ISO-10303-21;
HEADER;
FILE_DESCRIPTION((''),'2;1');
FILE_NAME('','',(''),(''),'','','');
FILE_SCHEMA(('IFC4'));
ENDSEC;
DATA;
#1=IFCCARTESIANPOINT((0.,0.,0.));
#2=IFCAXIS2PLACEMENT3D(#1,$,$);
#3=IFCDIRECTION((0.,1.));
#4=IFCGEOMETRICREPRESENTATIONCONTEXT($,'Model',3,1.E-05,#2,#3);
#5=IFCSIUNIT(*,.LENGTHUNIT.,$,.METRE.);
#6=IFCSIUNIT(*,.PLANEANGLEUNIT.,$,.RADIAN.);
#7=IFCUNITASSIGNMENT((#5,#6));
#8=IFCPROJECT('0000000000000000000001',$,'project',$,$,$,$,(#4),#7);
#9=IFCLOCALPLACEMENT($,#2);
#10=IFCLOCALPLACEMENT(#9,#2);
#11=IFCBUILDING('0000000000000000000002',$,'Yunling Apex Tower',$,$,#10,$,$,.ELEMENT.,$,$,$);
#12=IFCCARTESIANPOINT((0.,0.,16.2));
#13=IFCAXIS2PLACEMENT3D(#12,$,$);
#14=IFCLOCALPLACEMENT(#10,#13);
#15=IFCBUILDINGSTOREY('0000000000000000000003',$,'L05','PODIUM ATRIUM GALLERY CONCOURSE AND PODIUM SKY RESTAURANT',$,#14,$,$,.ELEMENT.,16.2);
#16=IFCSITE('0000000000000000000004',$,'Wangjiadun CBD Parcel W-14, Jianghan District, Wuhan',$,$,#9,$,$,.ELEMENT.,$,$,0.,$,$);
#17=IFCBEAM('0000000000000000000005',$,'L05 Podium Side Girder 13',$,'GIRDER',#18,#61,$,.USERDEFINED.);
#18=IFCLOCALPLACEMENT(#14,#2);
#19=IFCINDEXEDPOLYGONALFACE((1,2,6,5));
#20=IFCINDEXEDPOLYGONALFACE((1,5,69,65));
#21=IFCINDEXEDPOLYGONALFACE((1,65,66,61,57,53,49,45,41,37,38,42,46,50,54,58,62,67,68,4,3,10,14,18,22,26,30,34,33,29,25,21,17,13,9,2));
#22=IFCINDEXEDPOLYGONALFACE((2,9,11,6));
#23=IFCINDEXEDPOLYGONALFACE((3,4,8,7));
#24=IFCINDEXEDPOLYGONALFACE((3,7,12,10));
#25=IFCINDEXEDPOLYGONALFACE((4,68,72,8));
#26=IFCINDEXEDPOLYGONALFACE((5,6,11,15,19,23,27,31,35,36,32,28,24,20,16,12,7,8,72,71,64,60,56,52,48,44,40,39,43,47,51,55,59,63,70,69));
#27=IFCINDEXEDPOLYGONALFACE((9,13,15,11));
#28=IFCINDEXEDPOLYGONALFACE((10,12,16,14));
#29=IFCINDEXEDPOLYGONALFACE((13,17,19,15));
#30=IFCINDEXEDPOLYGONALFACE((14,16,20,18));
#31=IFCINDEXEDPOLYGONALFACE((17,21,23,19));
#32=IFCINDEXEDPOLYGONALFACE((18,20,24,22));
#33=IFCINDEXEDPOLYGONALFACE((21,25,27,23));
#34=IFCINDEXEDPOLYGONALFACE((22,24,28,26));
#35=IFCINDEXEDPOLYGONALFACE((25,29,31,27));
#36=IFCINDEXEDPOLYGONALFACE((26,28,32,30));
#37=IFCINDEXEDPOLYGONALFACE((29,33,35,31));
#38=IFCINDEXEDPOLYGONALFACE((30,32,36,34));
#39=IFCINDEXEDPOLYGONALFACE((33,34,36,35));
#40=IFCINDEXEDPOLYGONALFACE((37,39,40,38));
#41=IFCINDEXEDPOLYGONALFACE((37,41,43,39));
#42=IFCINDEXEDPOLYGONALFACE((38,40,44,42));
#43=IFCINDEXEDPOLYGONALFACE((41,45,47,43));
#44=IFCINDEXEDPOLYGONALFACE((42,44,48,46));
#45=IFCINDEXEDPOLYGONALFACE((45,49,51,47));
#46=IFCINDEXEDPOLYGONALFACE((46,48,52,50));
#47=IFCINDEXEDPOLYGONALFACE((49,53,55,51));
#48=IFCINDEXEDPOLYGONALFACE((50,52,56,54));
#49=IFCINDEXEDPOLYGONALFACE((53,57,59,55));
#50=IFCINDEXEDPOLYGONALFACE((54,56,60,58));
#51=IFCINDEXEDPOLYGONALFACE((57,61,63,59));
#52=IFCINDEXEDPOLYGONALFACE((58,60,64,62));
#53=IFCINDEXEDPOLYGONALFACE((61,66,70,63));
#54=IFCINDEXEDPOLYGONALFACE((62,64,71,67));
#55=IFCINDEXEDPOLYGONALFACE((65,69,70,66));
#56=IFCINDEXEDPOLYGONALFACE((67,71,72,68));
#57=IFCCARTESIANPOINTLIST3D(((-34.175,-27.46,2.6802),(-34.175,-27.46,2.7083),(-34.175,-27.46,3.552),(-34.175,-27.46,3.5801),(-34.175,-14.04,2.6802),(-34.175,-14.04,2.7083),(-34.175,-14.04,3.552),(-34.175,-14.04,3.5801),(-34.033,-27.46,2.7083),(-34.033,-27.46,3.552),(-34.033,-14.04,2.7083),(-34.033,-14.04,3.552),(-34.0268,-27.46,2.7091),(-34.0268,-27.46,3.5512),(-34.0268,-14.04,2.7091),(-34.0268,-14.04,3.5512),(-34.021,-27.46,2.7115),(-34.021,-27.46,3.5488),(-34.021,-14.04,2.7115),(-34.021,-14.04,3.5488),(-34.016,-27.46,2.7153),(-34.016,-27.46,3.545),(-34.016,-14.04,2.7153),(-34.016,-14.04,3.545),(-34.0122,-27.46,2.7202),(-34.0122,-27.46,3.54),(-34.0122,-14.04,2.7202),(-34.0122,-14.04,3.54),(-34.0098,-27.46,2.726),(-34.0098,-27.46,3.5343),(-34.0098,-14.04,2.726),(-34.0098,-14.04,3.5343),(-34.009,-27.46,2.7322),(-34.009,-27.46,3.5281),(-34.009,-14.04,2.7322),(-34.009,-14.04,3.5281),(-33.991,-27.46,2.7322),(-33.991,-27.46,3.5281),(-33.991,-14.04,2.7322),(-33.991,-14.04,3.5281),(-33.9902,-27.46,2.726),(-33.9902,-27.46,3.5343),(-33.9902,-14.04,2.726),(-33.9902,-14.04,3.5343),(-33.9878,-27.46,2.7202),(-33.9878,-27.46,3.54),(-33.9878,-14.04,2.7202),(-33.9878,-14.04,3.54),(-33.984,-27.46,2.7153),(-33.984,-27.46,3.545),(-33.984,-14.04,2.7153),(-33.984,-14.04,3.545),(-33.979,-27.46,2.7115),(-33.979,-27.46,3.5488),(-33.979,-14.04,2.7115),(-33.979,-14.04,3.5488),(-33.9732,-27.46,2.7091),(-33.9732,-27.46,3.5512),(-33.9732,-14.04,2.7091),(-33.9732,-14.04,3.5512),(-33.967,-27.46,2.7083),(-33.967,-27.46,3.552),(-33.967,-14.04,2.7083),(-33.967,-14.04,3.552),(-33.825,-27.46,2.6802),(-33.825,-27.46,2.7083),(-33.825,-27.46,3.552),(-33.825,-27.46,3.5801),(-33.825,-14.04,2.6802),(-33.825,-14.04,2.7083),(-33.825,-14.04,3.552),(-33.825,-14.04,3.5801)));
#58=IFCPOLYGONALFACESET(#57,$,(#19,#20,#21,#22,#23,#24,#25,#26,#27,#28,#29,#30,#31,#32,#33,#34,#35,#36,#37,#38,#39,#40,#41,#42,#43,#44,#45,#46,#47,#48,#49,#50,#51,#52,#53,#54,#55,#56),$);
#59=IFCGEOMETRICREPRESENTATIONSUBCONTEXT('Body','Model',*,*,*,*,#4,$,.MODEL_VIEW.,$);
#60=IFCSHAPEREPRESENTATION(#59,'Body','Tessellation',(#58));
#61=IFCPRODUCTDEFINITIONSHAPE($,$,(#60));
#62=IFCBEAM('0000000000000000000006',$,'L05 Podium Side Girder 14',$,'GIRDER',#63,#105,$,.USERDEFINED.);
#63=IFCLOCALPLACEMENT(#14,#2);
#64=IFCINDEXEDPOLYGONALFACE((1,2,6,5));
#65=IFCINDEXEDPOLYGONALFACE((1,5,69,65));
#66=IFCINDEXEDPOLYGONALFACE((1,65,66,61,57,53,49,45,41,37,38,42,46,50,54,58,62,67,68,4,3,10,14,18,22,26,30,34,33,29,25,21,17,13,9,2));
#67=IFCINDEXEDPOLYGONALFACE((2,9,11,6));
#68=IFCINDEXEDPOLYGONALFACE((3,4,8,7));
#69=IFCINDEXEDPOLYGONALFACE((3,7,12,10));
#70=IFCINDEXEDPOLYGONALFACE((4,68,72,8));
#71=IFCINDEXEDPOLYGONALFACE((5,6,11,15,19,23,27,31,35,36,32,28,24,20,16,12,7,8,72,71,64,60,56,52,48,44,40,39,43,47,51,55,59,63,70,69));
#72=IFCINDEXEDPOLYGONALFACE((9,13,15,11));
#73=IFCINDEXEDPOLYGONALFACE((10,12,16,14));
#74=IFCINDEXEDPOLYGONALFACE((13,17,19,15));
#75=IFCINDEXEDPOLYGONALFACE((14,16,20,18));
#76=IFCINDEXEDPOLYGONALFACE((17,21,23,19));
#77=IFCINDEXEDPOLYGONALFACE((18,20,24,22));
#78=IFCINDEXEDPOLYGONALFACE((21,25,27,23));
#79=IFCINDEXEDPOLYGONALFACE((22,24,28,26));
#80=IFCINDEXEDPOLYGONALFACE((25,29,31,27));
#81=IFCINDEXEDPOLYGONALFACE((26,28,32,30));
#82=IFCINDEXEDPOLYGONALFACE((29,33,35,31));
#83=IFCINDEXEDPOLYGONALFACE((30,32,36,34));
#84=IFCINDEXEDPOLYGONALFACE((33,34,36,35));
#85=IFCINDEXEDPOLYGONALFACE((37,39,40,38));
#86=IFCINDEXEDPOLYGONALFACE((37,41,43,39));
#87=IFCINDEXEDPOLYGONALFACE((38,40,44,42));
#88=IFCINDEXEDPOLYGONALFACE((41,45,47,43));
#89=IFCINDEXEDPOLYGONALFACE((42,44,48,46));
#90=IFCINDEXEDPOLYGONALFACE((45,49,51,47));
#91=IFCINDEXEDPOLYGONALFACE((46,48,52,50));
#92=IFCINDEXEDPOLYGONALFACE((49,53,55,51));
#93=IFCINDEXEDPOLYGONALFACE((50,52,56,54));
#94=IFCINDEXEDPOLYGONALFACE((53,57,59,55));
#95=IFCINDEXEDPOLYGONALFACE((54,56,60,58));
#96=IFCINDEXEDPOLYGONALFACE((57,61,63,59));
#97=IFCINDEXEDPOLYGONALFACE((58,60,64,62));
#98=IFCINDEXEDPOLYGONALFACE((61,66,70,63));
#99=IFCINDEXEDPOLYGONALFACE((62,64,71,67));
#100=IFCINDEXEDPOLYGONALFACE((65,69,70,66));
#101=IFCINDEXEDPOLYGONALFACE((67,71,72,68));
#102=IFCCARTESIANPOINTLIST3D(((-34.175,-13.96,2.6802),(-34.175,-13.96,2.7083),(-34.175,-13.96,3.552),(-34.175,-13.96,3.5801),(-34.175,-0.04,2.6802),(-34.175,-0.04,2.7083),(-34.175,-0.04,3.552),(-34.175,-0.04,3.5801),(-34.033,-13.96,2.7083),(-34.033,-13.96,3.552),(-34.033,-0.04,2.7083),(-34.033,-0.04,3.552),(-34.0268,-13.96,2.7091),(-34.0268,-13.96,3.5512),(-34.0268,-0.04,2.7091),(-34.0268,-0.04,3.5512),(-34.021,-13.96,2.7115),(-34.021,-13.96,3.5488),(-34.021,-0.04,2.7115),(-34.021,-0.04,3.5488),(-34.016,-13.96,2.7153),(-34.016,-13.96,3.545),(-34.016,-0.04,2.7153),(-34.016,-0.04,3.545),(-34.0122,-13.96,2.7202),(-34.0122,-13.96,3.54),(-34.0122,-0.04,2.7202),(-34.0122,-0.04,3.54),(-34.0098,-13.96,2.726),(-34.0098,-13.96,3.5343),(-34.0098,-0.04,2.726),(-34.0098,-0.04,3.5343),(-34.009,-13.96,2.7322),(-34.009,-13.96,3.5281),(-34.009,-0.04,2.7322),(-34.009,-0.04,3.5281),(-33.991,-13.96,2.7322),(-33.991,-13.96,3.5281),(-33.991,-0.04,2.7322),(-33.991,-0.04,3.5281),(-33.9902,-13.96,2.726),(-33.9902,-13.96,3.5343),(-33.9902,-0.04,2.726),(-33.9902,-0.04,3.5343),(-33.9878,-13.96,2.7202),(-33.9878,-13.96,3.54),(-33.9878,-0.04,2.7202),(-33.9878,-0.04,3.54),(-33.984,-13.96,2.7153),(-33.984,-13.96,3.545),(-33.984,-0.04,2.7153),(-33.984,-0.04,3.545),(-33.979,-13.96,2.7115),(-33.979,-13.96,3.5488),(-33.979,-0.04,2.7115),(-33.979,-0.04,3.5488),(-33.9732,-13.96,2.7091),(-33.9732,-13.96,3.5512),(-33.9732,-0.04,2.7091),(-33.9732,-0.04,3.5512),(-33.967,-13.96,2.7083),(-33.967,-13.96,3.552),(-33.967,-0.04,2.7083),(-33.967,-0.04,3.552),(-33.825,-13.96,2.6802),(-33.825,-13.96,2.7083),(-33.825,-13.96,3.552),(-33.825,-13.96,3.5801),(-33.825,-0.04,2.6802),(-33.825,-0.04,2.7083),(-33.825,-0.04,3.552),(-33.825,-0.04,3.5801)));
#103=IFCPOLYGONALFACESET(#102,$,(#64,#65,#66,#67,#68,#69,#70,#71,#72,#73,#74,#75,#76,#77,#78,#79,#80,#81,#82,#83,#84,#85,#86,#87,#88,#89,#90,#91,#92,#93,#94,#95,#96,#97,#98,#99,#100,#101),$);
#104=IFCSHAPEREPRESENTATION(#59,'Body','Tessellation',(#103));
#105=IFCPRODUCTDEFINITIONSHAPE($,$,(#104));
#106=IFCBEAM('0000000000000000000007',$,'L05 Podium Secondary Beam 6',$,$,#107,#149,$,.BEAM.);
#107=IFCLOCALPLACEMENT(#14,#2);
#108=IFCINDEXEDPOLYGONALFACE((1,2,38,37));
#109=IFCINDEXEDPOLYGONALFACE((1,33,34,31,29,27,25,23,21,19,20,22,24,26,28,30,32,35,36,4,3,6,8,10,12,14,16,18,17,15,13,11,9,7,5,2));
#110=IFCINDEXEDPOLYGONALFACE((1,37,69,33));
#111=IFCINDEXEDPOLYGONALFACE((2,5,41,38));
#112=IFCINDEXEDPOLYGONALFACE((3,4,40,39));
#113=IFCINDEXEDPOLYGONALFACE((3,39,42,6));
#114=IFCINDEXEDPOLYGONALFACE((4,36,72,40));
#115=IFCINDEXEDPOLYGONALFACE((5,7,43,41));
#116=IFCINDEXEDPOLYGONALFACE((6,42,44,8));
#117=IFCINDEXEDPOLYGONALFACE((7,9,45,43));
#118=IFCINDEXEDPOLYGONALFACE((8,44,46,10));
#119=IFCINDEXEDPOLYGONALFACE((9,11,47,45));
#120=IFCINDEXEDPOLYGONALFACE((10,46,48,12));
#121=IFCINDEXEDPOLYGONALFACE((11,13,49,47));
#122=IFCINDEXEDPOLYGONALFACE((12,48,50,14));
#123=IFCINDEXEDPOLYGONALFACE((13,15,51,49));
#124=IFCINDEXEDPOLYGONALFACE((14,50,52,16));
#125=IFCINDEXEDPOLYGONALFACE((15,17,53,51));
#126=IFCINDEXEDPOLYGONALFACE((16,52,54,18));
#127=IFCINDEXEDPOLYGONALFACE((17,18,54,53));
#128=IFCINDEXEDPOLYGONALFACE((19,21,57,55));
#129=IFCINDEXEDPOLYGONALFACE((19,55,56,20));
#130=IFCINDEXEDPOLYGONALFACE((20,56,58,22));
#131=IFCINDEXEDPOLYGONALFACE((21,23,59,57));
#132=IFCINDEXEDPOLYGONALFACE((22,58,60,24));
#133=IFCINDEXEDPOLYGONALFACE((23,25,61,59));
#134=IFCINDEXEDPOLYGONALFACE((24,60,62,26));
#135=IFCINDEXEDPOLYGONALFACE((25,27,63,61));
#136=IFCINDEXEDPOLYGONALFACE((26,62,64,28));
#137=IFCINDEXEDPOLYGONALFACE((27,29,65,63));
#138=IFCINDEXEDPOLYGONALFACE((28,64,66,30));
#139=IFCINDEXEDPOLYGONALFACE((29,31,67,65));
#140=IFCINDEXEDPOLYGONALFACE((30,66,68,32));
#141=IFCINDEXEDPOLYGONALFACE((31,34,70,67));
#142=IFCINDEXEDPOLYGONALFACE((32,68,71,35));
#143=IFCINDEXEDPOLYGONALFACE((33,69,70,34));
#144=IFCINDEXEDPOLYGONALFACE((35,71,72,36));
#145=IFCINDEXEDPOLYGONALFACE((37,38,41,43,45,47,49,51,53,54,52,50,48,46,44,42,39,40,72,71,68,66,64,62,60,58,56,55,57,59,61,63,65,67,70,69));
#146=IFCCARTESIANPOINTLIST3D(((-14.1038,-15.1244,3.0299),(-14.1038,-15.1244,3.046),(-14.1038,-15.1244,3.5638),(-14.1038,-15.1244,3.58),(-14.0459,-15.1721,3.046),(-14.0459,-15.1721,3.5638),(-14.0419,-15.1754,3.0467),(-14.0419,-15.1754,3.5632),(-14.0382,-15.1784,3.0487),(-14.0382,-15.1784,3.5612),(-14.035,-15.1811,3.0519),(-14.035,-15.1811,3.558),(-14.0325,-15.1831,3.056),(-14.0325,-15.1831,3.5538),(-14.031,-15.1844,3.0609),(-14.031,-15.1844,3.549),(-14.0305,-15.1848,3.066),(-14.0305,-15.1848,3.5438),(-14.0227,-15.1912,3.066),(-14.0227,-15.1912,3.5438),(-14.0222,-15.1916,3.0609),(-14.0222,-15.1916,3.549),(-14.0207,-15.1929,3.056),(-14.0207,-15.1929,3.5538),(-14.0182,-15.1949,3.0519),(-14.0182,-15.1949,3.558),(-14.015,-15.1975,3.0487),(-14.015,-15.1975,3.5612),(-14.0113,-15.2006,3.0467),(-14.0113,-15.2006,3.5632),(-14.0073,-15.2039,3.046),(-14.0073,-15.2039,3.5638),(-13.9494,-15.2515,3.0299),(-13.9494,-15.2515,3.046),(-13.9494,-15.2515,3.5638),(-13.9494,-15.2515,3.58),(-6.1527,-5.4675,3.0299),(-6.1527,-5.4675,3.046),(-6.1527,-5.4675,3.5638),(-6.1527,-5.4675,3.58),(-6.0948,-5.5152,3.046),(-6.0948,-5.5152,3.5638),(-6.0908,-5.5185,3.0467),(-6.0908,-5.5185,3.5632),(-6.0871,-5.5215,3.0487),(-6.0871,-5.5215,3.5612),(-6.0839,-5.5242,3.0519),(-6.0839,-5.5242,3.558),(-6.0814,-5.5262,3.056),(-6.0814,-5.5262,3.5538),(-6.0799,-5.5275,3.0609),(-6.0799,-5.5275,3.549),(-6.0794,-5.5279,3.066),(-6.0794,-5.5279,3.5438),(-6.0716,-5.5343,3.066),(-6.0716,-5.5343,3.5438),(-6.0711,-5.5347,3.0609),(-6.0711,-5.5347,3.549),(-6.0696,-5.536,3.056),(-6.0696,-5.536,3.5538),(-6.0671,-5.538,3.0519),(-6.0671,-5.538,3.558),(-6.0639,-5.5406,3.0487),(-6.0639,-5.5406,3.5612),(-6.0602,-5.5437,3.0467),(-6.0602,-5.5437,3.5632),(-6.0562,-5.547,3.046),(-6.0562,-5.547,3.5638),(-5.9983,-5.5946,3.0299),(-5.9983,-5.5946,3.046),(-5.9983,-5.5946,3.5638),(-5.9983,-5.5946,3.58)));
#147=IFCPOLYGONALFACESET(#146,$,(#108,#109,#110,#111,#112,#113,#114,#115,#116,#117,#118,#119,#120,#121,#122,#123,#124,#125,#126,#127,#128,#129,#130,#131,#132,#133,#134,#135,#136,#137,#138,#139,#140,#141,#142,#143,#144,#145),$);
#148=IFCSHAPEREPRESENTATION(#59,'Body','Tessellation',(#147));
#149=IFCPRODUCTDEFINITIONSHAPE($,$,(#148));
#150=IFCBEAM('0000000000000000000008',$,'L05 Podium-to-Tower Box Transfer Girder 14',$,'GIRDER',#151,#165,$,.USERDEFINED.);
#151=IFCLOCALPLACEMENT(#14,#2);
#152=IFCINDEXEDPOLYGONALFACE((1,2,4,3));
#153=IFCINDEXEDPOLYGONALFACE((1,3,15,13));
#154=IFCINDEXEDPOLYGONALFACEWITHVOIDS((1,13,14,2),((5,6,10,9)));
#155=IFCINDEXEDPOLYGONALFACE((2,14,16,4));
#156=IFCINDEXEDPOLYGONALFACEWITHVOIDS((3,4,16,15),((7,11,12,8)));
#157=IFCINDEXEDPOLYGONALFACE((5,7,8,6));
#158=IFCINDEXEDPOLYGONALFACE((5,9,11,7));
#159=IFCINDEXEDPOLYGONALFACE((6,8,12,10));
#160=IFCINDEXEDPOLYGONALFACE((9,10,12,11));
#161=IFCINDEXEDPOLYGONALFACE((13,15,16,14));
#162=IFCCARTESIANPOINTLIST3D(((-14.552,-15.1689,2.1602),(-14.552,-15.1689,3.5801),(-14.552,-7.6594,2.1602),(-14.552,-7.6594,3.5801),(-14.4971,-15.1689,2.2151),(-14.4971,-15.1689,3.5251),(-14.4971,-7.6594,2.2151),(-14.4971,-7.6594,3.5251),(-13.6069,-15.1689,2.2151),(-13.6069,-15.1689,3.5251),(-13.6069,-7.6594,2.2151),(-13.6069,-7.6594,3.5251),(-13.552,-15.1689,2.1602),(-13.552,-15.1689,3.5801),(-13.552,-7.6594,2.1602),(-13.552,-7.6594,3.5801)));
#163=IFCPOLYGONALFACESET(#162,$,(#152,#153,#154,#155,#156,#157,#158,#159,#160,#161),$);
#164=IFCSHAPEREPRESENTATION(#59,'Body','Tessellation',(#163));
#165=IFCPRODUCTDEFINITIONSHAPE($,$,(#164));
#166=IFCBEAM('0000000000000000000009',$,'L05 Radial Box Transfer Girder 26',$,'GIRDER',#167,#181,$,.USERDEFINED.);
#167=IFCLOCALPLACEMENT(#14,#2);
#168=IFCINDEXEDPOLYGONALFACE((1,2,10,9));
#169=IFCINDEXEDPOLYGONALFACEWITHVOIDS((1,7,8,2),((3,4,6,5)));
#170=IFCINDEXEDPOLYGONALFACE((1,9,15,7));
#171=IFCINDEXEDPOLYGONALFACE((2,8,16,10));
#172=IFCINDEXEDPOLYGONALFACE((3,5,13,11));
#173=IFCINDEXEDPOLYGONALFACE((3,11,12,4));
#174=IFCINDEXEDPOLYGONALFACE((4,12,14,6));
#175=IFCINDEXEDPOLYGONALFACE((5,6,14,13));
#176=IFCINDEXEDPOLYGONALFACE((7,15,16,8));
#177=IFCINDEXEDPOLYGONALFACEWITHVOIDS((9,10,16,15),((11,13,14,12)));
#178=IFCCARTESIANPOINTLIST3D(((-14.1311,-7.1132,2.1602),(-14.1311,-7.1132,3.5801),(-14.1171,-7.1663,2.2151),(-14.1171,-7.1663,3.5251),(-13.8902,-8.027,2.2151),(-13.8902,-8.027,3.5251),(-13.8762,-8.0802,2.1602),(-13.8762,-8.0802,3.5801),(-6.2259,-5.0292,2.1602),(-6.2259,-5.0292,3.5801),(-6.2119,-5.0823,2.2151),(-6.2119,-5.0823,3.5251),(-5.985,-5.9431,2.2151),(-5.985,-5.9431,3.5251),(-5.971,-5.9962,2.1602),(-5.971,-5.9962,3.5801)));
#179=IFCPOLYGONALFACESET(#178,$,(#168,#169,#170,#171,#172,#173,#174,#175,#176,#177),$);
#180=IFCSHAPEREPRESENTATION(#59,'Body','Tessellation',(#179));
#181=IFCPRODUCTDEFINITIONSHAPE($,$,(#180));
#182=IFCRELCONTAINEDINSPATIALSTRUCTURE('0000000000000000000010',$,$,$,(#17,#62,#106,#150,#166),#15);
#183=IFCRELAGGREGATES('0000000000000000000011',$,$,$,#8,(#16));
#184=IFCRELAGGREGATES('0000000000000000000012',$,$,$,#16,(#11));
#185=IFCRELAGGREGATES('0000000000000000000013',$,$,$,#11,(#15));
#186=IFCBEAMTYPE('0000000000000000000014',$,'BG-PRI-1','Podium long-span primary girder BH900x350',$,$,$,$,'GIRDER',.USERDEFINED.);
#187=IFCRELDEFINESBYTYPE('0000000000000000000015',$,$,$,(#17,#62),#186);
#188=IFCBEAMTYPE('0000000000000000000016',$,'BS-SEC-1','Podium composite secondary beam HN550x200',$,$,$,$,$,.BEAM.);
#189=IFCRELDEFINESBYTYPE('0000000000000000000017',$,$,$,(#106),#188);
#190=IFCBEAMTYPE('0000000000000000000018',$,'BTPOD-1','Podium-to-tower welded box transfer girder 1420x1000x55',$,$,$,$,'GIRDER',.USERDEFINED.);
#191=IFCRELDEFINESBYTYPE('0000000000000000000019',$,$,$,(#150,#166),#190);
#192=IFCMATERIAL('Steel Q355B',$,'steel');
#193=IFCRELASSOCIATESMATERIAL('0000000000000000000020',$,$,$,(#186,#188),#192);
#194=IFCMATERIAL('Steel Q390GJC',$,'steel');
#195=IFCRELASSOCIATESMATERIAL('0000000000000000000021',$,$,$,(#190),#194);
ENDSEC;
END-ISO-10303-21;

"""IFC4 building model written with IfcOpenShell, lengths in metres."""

from ifc_helpers import new_model, si_unit, direction, frame, origin, origin_2d, place, context, subcontext, project, spatial, hollow_rectangle, i_section, extrude, source, transform, mapped, material, material_profile, profile_set, type_object, element, save


model = new_model("IFC4")

# Units and contexts
model_context = context("Model", 3, precision=1e-05, world=origin(), true_north=direction((0.0, 1.0)))
body_context = subcontext(model_context, "Body", "Model", "MODEL_VIEW")
ifc_project = project(units=[si_unit("LENGTHUNIT", "METRE"), si_unit("PLANEANGLEUNIT", "RADIAN")], contexts=[model_context])

# Site, building, storey
site_placement = place(None, origin())
site = spatial("IfcSite", under=ifc_project, at=site_placement, Name="Wangjiadun CBD Parcel W-14, Jianghan District, Wuhan", CompositionType="ELEMENT", RefElevation=0.0)
building_placement = place(site_placement, origin())
building = spatial("IfcBuilding", under=site, at=building_placement, Name="Yunling Apex Tower", CompositionType="ELEMENT")
storey_placement = place(building_placement, frame((0.0, 0.0, 16.2)))
storey = spatial("IfcBuildingStorey", under=building, at=storey_placement, Name="L05", Description="PODIUM ATRIUM GALLERY CONCOURSE AND PODIUM SKY RESTAURANT", CompositionType="ELEMENT", Elevation=16.2)

# Beams
ifc_material_1 = material(Name="Steel Q355B", Category="steel")
ifc_material_profile_1 = material_profile(ifc_material_1, i_section(OverallWidth=0.3501, OverallDepth=0.8999, WebThickness=0.0181, FlangeThickness=0.0281, FilletRadius=0.0239, at=origin_2d()))
ifc_profile_set_1 = profile_set([ifc_material_profile_1], Name="Steel Q355B")
beam_type_1 = type_object("IfcBeamType", Name="BG-PRI-1", Description="Podium long-span primary girder BH900x350", ElementType="GIRDER", PredefinedType="USERDEFINED", material=ifc_profile_set_1)
shared_shape_1 = source(origin(), body_context, "Body", "SweptSolid", [
    extrude(i_section(OverallWidth=0.3501, OverallDepth=0.8999, WebThickness=0.0181, FlangeThickness=0.0281, FilletRadius=0.0239, at=origin_2d()), origin(), (0.0, 0.0, 1.0), 13.4199),
])
beam_1_placement = place(storey_placement, frame((-34.0, -27.46, 3.1301), z_axis=(0.0, 1.0, 0.0), x_axis=(-1.0, 0.0, 0.0)))
element("IfcBeam", 1, at=beam_1_placement, inside=storey, type_object=beam_type_1, Name="L05 Podium Side Girder 13", ObjectType="GIRDER", PredefinedType="USERDEFINED", context=body_context, shape_type="MappedRepresentation", body=[
    mapped(shared_shape_1, transform((0.0, 0.0, 0.0), scale=1.0)),
])
shared_shape_2 = source(origin(), body_context, "Body", "SweptSolid", [
    extrude(i_section(OverallWidth=0.3501, OverallDepth=0.8999, WebThickness=0.0181, FlangeThickness=0.0281, FilletRadius=0.0239, at=origin_2d()), origin(), (0.0, 0.0, 1.0), 13.9199),
])
beam_2_placement = place(storey_placement, frame((-34.0, -13.96, 3.1301), z_axis=(0.0, 1.0, 0.0), x_axis=(-1.0, 0.0, 0.0)))
element("IfcBeam", 2, at=beam_2_placement, inside=storey, type_object=beam_type_1, Name="L05 Podium Side Girder 14", ObjectType="GIRDER", PredefinedType="USERDEFINED", context=body_context, shape_type="MappedRepresentation", body=[
    mapped(shared_shape_2, transform((0.0, 0.0, 0.0), scale=1.0)),
])
ifc_material_profile_2 = material_profile(ifc_material_1, i_section(OverallWidth=0.2, OverallDepth=0.55, WebThickness=0.01, FlangeThickness=0.0161, FilletRadius=0.02, at=origin_2d()))
ifc_profile_set_2 = profile_set([ifc_material_profile_2], Name="Steel Q355B")
beam_type_2 = type_object("IfcBeamType", Name="BS-SEC-1", Description="Podium composite secondary beam HN550x200", PredefinedType="BEAM", material=ifc_profile_set_2)
shared_shape_3 = source(origin(), body_context, "Body", "SweptSolid", [
    extrude(i_section(OverallWidth=0.2, OverallDepth=0.55, WebThickness=0.01, FlangeThickness=0.0161, FilletRadius=0.02, at=origin_2d()), origin(), (0.0, 0.0, 1.0), 12.509),
])
beam_3_placement = place(storey_placement, frame((-14.0266, -15.188, 3.3049), z_axis=(0.635629, 0.771994, 0.0), x_axis=(-0.771994, 0.635629, 0.0)))
element("IfcBeam", 3, at=beam_3_placement, inside=storey, type_object=beam_type_2, Name="L05 Podium Secondary Beam 6", PredefinedType="BEAM", context=body_context, shape_type="MappedRepresentation", body=[
    mapped(shared_shape_3, transform((0.0, 0.0, 0.0), scale=1.0)),
])
ifc_material_2 = material(Name="Steel Q390GJC", Category="steel")
ifc_material_profile_3 = material_profile(ifc_material_2, hollow_rectangle(XDim=1.0, YDim=1.4199, WallThickness=0.0549, at=origin_2d()))
ifc_profile_set_3 = profile_set([ifc_material_profile_3], Name="Steel Q390GJC")
beam_type_3 = type_object("IfcBeamType", Name="BTPOD-1", Description="Podium-to-tower welded box transfer girder 1420x1000x55", ElementType="GIRDER", PredefinedType="USERDEFINED", material=ifc_profile_set_3)
shared_shape_4 = source(origin(), body_context, "Body", "SweptSolid", [
    extrude(hollow_rectangle(XDim=1.0, YDim=1.4199, WallThickness=0.0549, at=origin_2d()), origin(), (0.0, 0.0, 1.0), 7.5095),
])
beam_4_placement = place(storey_placement, frame((-14.052, -7.6594, 2.8701), z_axis=(0.0, -1.0, 0.0), x_axis=(1.0, 0.0, 0.0)))
element("IfcBeam", 4, at=beam_4_placement, inside=storey, type_object=beam_type_3, Name="L05 Podium-to-Tower Box Transfer Girder 14", ObjectType="GIRDER", PredefinedType="USERDEFINED", context=body_context, shape_type="MappedRepresentation", body=[
    mapped(shared_shape_4, transform((0.0, 0.0, 0.0), scale=1.0)),
])
shared_shape_5 = source(origin(), body_context, "Body", "SweptSolid", [
    extrude(hollow_rectangle(XDim=1.0, YDim=1.4199, WallThickness=0.0549, at=origin_2d()), origin(), (0.0, 0.0, 1.0), 8.1753),
])
beam_5_placement = place(storey_placement, frame((-14.0037, -7.5967, 2.8701), z_axis=(0.966965, 0.254911, 0.0), x_axis=(-0.254911, 0.966965, 0.0)))
element("IfcBeam", 5, at=beam_5_placement, inside=storey, type_object=beam_type_3, Name="L05 Radial Box Transfer Girder 26", ObjectType="GIRDER", PredefinedType="USERDEFINED", context=body_context, shape_type="MappedRepresentation", body=[
    mapped(shared_shape_5, transform((0.0, 0.0, 0.0), scale=1.0)),
])

save(model, "model.ifc")
